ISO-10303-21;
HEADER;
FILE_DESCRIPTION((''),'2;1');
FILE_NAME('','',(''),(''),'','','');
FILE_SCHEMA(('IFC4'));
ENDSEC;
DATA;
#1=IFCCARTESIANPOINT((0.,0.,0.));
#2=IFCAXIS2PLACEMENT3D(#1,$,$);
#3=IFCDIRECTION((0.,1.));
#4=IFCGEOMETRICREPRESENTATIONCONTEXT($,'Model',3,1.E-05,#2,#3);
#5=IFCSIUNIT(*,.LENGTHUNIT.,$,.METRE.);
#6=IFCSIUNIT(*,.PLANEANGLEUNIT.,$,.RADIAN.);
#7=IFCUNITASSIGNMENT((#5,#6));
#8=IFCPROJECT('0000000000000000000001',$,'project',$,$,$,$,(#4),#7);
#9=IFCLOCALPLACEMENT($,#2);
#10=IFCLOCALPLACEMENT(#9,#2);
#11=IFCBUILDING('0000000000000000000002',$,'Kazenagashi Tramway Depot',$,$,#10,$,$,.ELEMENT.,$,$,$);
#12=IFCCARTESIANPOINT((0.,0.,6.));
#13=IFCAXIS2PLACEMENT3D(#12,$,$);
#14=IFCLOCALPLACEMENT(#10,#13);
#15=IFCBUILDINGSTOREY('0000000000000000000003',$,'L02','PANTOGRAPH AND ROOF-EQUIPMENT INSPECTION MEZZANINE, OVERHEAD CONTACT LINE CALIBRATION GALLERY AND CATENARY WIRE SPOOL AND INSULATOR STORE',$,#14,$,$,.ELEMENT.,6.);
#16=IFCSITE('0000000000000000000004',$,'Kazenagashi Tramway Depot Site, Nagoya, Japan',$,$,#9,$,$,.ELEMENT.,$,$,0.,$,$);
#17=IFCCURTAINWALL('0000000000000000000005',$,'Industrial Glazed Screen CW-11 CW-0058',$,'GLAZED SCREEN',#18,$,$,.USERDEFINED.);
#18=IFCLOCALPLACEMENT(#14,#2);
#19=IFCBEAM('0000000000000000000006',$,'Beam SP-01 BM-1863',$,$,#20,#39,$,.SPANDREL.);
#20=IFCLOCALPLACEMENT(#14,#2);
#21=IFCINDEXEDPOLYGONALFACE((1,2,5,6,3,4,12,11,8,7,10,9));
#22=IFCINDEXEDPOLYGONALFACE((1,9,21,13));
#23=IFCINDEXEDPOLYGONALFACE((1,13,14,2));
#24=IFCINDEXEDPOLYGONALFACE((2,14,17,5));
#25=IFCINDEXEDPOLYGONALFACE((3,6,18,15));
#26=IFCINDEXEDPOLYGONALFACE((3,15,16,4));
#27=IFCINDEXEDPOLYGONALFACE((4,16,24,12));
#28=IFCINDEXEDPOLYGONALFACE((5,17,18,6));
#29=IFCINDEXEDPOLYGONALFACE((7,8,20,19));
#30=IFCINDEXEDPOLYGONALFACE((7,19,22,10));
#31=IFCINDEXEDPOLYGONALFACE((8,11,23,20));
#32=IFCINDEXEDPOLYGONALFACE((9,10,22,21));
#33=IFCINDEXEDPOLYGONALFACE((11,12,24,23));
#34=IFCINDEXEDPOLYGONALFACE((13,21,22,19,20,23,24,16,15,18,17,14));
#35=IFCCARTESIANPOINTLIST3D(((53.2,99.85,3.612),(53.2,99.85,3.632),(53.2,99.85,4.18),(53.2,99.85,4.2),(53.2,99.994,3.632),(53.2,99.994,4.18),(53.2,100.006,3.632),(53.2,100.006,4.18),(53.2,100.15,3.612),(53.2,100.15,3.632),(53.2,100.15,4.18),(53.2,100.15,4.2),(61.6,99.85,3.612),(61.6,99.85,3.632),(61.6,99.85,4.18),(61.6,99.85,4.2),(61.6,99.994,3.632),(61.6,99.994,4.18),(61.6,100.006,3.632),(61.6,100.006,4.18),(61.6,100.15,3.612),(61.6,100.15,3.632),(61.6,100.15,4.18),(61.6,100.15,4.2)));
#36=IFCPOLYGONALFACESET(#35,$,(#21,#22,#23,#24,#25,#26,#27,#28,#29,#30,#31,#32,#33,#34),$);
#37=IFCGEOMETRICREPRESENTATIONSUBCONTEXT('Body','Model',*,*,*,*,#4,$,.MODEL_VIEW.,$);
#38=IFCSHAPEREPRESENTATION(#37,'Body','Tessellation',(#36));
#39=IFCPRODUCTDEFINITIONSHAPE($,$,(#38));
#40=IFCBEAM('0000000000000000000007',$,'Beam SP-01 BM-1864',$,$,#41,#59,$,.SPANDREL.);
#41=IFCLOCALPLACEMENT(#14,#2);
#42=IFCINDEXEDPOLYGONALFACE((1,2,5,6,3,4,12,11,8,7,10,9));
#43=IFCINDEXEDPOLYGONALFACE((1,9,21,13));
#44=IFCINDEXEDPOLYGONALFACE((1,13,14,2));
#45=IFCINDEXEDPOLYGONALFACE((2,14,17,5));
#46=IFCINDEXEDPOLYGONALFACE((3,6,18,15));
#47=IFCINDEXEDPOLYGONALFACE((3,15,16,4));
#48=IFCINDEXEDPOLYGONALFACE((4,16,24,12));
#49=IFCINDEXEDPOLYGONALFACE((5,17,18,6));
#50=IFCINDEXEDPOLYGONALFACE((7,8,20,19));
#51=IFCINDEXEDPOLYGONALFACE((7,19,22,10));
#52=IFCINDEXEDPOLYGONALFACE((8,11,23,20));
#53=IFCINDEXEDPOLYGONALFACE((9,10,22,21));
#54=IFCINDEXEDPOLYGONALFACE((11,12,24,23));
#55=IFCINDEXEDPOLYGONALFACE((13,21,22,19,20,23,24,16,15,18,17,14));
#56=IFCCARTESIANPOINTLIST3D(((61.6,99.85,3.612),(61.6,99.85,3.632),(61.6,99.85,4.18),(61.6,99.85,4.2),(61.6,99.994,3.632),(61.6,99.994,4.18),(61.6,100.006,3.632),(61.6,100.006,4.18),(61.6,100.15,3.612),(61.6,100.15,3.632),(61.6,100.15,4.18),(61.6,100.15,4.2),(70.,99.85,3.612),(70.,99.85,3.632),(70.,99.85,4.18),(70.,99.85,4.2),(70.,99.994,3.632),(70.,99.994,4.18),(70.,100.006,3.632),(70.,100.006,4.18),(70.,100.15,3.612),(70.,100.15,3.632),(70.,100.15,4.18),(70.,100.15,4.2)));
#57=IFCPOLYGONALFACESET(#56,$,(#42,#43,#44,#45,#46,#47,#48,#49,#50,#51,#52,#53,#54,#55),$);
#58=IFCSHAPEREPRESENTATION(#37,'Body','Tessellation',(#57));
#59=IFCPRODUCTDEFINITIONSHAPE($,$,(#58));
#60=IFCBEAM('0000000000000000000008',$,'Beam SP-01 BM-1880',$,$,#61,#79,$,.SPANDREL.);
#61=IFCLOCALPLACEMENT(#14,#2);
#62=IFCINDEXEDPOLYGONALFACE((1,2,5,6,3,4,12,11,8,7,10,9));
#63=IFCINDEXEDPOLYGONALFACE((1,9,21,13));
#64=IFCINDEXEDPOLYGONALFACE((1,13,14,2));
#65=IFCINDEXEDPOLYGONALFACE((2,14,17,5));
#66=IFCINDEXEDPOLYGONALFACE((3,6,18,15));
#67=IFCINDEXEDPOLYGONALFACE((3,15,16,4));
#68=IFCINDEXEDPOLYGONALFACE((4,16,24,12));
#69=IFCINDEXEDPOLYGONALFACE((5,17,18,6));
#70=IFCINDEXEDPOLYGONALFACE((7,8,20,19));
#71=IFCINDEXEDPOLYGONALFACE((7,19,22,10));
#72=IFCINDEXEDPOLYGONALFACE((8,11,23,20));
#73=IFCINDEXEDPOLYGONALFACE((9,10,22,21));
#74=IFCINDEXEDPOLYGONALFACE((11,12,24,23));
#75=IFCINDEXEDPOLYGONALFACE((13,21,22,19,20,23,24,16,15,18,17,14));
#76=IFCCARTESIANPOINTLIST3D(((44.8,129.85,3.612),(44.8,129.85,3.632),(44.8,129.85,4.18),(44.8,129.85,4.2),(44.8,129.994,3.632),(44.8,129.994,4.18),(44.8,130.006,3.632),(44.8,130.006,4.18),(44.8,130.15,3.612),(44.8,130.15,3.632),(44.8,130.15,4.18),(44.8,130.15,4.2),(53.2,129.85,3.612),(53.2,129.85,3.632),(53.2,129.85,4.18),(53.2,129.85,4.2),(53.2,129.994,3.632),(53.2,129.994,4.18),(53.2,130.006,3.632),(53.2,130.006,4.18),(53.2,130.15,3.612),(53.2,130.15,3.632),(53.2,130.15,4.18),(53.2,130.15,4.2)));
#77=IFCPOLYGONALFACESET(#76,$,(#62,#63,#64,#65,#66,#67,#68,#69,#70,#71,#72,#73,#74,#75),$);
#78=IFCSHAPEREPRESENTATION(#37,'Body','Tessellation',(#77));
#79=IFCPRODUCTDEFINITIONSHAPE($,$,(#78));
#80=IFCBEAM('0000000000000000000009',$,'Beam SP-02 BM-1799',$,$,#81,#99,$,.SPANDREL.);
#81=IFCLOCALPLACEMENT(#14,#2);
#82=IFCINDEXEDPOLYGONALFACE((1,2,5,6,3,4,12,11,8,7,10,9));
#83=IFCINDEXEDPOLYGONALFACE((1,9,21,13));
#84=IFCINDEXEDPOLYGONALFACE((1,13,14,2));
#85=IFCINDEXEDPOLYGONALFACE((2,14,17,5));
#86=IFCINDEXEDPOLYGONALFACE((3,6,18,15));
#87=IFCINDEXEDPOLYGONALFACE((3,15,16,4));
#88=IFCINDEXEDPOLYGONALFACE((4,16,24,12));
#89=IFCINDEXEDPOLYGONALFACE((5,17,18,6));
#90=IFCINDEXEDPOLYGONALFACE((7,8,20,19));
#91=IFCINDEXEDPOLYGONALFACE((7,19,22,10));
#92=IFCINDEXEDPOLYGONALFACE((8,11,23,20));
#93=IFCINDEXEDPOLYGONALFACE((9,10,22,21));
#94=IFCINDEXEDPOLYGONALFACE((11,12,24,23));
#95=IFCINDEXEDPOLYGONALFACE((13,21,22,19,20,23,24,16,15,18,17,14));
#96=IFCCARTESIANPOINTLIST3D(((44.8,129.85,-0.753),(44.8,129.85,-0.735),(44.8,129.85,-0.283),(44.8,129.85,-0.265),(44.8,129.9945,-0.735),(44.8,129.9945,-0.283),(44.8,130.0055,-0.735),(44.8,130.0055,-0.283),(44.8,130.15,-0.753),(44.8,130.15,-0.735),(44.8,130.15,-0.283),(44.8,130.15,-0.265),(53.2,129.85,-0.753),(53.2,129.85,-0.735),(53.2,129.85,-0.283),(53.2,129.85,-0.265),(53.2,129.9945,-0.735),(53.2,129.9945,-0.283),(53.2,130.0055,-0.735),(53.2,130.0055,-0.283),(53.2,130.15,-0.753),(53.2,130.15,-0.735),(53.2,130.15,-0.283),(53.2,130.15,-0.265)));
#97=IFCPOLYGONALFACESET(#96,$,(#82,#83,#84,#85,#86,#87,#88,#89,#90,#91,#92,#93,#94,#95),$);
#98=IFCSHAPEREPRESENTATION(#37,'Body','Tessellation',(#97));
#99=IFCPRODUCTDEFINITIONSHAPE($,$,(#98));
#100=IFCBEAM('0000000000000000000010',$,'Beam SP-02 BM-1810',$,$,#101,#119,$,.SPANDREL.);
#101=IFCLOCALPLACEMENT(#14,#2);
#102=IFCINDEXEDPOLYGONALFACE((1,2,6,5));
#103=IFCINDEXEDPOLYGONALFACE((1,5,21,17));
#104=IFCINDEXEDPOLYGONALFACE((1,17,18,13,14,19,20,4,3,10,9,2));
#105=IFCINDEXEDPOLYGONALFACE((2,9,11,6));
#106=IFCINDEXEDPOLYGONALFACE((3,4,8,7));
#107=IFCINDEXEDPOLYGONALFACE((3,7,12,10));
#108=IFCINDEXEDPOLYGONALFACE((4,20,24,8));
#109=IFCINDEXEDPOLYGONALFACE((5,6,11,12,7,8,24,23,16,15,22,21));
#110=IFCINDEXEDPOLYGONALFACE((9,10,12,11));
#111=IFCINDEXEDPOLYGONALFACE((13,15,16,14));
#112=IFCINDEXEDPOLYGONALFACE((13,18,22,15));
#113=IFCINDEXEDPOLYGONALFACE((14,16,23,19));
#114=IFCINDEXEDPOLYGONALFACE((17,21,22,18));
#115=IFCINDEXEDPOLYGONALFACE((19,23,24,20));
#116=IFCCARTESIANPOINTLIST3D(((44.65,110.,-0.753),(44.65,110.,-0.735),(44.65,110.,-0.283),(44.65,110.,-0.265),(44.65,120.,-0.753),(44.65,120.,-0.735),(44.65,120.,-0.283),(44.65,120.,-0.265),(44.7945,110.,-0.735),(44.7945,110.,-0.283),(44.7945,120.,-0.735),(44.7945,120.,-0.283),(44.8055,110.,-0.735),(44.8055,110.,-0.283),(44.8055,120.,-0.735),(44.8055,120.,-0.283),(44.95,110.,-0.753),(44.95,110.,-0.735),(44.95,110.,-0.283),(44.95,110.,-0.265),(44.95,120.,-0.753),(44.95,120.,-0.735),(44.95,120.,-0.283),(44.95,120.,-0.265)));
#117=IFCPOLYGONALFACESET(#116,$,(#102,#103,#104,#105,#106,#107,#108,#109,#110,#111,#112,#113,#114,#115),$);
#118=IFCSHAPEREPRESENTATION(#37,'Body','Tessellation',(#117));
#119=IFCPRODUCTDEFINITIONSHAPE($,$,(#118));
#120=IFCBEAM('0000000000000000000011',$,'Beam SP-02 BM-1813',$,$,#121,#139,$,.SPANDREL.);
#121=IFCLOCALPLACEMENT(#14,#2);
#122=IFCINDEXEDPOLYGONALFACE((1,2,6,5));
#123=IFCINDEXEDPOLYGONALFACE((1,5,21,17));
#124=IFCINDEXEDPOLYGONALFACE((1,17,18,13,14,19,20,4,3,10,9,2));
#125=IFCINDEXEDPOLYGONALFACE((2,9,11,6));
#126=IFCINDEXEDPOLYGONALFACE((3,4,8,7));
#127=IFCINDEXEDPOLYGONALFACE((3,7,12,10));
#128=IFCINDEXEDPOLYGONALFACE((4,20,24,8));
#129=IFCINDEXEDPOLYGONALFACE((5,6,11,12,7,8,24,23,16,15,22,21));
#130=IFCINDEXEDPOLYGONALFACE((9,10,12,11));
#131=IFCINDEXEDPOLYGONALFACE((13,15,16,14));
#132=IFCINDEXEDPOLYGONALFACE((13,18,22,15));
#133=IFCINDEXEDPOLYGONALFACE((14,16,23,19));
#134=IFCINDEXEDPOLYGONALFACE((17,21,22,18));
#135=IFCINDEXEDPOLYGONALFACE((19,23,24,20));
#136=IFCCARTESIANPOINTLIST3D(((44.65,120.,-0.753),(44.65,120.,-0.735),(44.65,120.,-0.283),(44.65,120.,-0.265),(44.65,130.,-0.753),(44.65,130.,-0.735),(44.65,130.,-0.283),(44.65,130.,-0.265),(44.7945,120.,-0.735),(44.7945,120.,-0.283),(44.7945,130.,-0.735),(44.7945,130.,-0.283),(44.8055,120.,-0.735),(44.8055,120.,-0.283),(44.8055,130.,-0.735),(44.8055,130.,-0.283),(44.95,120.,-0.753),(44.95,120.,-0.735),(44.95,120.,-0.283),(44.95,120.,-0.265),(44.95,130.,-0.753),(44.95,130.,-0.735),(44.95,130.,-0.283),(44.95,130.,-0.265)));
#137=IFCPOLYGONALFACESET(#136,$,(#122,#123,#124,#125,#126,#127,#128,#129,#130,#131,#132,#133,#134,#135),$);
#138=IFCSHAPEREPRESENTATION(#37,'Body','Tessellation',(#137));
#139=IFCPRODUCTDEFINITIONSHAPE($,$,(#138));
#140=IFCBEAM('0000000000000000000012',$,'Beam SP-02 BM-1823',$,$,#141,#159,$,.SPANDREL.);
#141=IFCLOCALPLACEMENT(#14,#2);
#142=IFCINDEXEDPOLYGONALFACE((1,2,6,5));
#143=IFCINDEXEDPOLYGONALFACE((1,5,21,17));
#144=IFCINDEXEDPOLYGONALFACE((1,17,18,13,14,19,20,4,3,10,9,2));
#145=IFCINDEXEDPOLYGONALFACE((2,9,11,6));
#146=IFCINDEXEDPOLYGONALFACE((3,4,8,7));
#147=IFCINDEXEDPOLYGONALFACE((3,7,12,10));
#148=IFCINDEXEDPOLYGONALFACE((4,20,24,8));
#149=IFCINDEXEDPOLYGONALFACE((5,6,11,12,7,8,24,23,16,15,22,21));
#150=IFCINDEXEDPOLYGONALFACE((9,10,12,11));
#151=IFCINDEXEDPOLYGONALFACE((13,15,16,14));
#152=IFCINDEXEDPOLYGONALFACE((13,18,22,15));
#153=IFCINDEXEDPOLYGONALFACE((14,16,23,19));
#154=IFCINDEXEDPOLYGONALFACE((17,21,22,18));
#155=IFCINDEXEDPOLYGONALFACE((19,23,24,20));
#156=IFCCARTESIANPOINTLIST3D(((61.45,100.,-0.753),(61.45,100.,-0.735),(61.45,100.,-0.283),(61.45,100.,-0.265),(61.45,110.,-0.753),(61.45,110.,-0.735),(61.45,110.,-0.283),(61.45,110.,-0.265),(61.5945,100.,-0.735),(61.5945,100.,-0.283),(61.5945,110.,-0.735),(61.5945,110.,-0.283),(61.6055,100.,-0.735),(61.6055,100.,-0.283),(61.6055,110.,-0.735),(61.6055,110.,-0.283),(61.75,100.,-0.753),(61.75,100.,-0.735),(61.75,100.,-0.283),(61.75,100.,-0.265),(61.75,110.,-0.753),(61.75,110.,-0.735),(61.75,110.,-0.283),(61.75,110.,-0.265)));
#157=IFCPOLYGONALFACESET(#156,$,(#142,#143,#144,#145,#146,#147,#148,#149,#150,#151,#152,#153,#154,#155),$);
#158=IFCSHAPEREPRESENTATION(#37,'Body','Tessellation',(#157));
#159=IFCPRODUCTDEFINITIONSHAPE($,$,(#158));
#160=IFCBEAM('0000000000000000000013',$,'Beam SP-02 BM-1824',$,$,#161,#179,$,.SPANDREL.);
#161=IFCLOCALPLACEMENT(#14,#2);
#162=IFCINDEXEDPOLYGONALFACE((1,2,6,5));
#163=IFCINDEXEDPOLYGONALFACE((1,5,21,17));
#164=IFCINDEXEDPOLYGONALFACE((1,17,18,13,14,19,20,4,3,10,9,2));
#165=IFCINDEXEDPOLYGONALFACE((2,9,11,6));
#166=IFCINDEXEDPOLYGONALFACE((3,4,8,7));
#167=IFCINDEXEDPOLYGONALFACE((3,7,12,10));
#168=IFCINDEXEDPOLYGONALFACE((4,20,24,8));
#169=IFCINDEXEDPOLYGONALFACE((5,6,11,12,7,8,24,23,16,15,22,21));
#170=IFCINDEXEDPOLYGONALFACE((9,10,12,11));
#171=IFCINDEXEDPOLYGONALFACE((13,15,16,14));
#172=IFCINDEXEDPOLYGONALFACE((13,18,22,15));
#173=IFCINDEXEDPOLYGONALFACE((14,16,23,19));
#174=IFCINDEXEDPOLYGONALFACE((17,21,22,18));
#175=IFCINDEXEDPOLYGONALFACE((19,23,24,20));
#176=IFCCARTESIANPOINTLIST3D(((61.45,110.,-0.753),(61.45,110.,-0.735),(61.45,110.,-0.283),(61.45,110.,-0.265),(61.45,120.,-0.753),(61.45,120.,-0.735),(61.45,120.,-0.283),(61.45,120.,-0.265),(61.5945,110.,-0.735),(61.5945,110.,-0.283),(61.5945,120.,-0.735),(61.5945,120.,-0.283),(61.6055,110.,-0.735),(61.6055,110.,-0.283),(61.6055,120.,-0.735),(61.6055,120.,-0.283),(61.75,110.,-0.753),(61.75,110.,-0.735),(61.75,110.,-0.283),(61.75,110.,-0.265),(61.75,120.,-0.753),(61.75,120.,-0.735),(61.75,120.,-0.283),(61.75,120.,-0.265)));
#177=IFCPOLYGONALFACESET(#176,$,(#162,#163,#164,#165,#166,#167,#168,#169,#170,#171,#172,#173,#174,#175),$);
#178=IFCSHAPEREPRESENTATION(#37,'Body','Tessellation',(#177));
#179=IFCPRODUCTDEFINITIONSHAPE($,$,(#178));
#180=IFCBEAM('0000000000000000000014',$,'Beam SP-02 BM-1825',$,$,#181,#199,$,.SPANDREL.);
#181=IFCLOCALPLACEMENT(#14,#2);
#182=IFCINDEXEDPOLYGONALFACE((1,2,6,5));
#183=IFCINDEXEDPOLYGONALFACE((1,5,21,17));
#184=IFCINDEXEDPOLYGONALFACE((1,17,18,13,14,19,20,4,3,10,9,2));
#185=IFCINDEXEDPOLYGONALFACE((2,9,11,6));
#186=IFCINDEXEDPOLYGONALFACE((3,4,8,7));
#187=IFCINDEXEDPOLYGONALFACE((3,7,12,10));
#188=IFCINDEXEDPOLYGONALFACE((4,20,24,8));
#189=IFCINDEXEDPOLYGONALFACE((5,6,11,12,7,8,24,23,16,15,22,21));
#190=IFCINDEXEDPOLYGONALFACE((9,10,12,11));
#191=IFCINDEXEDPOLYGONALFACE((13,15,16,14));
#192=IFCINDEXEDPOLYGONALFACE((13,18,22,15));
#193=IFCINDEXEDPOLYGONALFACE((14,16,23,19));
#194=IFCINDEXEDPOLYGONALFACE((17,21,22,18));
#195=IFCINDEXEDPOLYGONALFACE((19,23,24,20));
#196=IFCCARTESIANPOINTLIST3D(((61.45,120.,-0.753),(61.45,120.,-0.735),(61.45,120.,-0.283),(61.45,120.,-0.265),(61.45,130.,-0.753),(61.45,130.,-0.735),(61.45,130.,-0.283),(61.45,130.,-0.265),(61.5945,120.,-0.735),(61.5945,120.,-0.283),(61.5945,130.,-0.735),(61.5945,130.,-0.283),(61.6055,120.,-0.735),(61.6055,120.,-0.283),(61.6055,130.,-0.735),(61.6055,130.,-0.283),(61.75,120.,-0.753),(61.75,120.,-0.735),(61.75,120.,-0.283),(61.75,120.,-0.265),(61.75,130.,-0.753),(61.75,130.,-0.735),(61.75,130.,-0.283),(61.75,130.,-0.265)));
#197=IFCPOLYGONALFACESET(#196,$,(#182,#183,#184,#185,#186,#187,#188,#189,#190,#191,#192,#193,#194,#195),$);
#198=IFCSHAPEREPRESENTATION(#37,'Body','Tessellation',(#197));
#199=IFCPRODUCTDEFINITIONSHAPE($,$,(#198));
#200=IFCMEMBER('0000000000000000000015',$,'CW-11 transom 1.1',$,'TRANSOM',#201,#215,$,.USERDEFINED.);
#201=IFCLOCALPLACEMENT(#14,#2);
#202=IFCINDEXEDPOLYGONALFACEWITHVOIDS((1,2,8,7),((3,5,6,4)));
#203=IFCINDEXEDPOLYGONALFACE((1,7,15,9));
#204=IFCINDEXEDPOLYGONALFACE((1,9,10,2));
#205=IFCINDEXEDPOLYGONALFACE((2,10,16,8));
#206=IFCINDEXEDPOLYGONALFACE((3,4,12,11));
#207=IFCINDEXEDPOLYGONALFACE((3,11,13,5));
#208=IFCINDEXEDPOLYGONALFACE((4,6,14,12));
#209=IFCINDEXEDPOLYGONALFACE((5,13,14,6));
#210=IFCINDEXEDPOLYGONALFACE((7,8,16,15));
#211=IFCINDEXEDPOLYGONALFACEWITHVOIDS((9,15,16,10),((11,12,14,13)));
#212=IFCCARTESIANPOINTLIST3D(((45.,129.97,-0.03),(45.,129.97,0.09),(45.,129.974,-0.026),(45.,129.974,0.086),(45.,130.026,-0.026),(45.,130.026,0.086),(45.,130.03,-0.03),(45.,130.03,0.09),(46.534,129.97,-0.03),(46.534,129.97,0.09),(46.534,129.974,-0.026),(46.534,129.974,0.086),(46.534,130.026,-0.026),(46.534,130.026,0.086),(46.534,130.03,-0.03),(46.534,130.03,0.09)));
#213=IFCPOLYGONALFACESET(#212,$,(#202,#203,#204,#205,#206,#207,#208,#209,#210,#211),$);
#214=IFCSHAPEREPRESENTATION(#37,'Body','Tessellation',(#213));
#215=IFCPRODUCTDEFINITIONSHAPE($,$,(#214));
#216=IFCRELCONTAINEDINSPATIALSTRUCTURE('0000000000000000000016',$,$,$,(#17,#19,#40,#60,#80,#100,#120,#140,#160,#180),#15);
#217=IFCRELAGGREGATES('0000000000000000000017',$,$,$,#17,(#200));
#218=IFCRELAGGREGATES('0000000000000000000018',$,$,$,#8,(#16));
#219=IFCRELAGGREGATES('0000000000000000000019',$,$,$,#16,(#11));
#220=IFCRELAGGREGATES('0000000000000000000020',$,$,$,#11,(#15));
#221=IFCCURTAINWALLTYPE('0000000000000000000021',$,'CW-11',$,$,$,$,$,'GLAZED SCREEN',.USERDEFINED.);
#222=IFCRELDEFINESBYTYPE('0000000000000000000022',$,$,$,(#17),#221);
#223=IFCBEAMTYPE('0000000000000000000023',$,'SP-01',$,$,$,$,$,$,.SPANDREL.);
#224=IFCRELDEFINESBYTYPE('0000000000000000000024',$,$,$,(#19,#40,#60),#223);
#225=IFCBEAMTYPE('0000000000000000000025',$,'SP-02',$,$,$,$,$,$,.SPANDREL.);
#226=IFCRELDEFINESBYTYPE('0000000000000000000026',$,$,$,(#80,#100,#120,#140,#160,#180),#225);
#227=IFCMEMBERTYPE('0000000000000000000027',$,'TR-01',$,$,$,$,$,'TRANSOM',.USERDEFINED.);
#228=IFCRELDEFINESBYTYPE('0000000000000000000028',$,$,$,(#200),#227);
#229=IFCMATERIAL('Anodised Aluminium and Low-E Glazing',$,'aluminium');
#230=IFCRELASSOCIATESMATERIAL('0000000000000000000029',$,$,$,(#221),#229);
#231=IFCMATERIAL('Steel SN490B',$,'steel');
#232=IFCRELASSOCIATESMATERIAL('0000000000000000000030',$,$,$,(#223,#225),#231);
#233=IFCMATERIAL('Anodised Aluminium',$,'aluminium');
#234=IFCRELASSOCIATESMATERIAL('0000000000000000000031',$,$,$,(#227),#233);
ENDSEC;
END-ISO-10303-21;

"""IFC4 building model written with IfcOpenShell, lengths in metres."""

from ifc_helpers import new_model, si_unit, direction, frame, origin, origin_2d, place, context, subcontext, project, spatial, hollow_rectangle, i_section, extrude, material, material_profile, profile_set, type_object, element, aggregate, save


model = new_model("IFC4")

# Units and contexts
model_context = context("Model", 3, precision=1e-05, world=origin(), true_north=direction((0.0, 1.0)))
body_context = subcontext(model_context, "Body", "Model", "MODEL_VIEW")
ifc_project = project(units=[si_unit("LENGTHUNIT", "METRE"), si_unit("PLANEANGLEUNIT", "RADIAN")], contexts=[model_context])

# Site, building, storey
site_placement = place(None, origin())
site = spatial("IfcSite", under=ifc_project, at=site_placement, Name="Kazenagashi Tramway Depot Site, Nagoya, Japan", CompositionType="ELEMENT", RefElevation=0.0)
building_placement = place(site_placement, origin())
building = spatial("IfcBuilding", under=site, at=building_placement, Name="Kazenagashi Tramway Depot", CompositionType="ELEMENT")
storey_placement = place(building_placement, frame((0.0, 0.0, 6.0)))
storey = spatial("IfcBuildingStorey", under=building, at=storey_placement, Name="L02", Description="PANTOGRAPH AND ROOF-EQUIPMENT INSPECTION MEZZANINE, OVERHEAD CONTACT LINE CALIBRATION GALLERY AND CATENARY WIRE SPOOL AND INSULATOR STORE", CompositionType="ELEMENT", Elevation=6.0)

# Shared definitions
ifc_material_1 = material(Name="Steel SN490B", Category="steel")

# Curtain wall
ifc_material_2 = material(Name="Anodised Aluminium and Low-E Glazing", Category="aluminium")
curtain_wall_type = type_object("IfcCurtainWallType", Name="CW-11", ElementType="GLAZED SCREEN", PredefinedType="USERDEFINED", material=ifc_material_2)
curtain_wall_placement = place(storey_placement, origin())
curtain_wall = element("IfcCurtainWall", 1, at=curtain_wall_placement, inside=storey, type_object=curtain_wall_type, Name="Industrial Glazed Screen CW-11 CW-0058", ObjectType="GLAZED SCREEN", PredefinedType="USERDEFINED")
ifc_material_3 = material(Name="Anodised Aluminium", Category="aluminium")

# Beams
ifc_material_profile_1 = material_profile(ifc_material_1, i_section(OverallWidth=0.3, OverallDepth=0.588, WebThickness=0.012, FlangeThickness=0.02, at=origin_2d()), Name="H-588x300x12x20")
ifc_profile_set_1 = profile_set([ifc_material_profile_1], Name="Steel SN490B")
beam_type_1 = type_object("IfcBeamType", Name="SP-01", PredefinedType="SPANDREL", material=ifc_profile_set_1)
for number, where, z_axis, x_axis, name in (
    (2, (53.2, 100.0, 3.906), (1.0, 0.0, 0.0), (0.0, 1.0, 0.0), "Beam SP-01 BM-1863"),
    (3, (61.6, 100.0, 3.906), (1.0, 0.0, 0.0), (0.0, 1.0, 0.0), "Beam SP-01 BM-1864"),
    (4, (44.8, 130.0, 3.906), (1.0, 0.0, 0.0), (0.0, 1.0, 0.0), "Beam SP-01 BM-1880"),
):
    element("IfcBeam", number, at=place(storey_placement, frame(where, z_axis=z_axis, x_axis=x_axis)), inside=storey, type_object=beam_type_1, Name=name, PredefinedType="SPANDREL", context=body_context, shape_type="SweptSolid", body=[
        extrude(i_section(OverallWidth=0.3, OverallDepth=0.588, WebThickness=0.012, FlangeThickness=0.02, at=origin_2d()), origin(), (0.0, 0.0, 1.0), 8.4),
    ])
ifc_material_profile_2 = material_profile(ifc_material_1, i_section(OverallWidth=0.3, OverallDepth=0.488, WebThickness=0.011, FlangeThickness=0.018, at=origin_2d()), Name="H-488x300x11x18")
ifc_profile_set_2 = profile_set([ifc_material_profile_2], Name="Steel SN490B")
beam_type_2 = type_object("IfcBeamType", Name="SP-02", PredefinedType="SPANDREL", material=ifc_profile_set_2)
beam_placement = place(storey_placement, frame((44.8, 130.0, -0.509), z_axis=(1.0, 0.0, 0.0), x_axis=(0.0, 1.0, 0.0)))
element("IfcBeam", 5, at=beam_placement, inside=storey, type_object=beam_type_2, Name="Beam SP-02 BM-1799", PredefinedType="SPANDREL", context=body_context, shape_type="SweptSolid", body=[
    extrude(i_section(OverallWidth=0.3, OverallDepth=0.488, WebThickness=0.011, FlangeThickness=0.018, at=origin_2d()), origin(), (0.0, 0.0, 1.0), 8.4),
])
for number, where, z_axis, x_axis, name in (
    (6, (44.8, 110.0, -0.509), (0.0, 1.0, 0.0), (-1.0, 0.0, 0.0), "Beam SP-02 BM-1810"),
    (7, (44.8, 120.0, -0.509), (0.0, 1.0, 0.0), (-1.0, 0.0, 0.0), "Beam SP-02 BM-1813"),
    (8, (61.6, 100.0, -0.509), (0.0, 1.0, 0.0), (-1.0, 0.0, 0.0), "Beam SP-02 BM-1823"),
    (9, (61.6, 110.0, -0.509), (0.0, 1.0, 0.0), (-1.0, 0.0, 0.0), "Beam SP-02 BM-1824"),
    (10, (61.6, 120.0, -0.509), (0.0, 1.0, 0.0), (-1.0, 0.0, 0.0), "Beam SP-02 BM-1825"),
):
    element("IfcBeam", number, at=place(storey_placement, frame(where, z_axis=z_axis, x_axis=x_axis)), inside=storey, type_object=beam_type_2, Name=name, PredefinedType="SPANDREL", context=body_context, shape_type="SweptSolid", body=[
        extrude(i_section(OverallWidth=0.3, OverallDepth=0.488, WebThickness=0.011, FlangeThickness=0.018, at=origin_2d()), origin(), (0.0, 0.0, 1.0), 10.0),
    ])

# Member
ifc_material_profile_3 = material_profile(ifc_material_3, hollow_rectangle(XDim=0.06, YDim=0.12, WallThickness=0.004, at=origin_2d()), Name="RHS-120x60x4")
ifc_profile_set_3 = profile_set([ifc_material_profile_3], Name="Anodised Aluminium")
member_type_1 = type_object("IfcMemberType", Name="TR-01", ElementType="TRANSOM", PredefinedType="USERDEFINED", material=ifc_profile_set_3)
member_1_placement = place(storey_placement, frame((45.0, 130.0, 0.03), z_axis=(1.0, 0.0, 0.0), x_axis=(0.0, 1.0, 0.0)))
member_1 = element("IfcMember", 11, at=member_1_placement, type_object=member_type_1, Name="CW-11 transom 1.1", ObjectType="TRANSOM", PredefinedType="USERDEFINED", context=body_context, shape_type="SweptSolid", body=[
    extrude(hollow_rectangle(XDim=0.06, YDim=0.12, WallThickness=0.004, at=origin_2d()), origin(), (0.0, 0.0, 1.0), 1.534),
])
aggregate(curtain_wall, [member_1])

save(model, "model.ifc")
